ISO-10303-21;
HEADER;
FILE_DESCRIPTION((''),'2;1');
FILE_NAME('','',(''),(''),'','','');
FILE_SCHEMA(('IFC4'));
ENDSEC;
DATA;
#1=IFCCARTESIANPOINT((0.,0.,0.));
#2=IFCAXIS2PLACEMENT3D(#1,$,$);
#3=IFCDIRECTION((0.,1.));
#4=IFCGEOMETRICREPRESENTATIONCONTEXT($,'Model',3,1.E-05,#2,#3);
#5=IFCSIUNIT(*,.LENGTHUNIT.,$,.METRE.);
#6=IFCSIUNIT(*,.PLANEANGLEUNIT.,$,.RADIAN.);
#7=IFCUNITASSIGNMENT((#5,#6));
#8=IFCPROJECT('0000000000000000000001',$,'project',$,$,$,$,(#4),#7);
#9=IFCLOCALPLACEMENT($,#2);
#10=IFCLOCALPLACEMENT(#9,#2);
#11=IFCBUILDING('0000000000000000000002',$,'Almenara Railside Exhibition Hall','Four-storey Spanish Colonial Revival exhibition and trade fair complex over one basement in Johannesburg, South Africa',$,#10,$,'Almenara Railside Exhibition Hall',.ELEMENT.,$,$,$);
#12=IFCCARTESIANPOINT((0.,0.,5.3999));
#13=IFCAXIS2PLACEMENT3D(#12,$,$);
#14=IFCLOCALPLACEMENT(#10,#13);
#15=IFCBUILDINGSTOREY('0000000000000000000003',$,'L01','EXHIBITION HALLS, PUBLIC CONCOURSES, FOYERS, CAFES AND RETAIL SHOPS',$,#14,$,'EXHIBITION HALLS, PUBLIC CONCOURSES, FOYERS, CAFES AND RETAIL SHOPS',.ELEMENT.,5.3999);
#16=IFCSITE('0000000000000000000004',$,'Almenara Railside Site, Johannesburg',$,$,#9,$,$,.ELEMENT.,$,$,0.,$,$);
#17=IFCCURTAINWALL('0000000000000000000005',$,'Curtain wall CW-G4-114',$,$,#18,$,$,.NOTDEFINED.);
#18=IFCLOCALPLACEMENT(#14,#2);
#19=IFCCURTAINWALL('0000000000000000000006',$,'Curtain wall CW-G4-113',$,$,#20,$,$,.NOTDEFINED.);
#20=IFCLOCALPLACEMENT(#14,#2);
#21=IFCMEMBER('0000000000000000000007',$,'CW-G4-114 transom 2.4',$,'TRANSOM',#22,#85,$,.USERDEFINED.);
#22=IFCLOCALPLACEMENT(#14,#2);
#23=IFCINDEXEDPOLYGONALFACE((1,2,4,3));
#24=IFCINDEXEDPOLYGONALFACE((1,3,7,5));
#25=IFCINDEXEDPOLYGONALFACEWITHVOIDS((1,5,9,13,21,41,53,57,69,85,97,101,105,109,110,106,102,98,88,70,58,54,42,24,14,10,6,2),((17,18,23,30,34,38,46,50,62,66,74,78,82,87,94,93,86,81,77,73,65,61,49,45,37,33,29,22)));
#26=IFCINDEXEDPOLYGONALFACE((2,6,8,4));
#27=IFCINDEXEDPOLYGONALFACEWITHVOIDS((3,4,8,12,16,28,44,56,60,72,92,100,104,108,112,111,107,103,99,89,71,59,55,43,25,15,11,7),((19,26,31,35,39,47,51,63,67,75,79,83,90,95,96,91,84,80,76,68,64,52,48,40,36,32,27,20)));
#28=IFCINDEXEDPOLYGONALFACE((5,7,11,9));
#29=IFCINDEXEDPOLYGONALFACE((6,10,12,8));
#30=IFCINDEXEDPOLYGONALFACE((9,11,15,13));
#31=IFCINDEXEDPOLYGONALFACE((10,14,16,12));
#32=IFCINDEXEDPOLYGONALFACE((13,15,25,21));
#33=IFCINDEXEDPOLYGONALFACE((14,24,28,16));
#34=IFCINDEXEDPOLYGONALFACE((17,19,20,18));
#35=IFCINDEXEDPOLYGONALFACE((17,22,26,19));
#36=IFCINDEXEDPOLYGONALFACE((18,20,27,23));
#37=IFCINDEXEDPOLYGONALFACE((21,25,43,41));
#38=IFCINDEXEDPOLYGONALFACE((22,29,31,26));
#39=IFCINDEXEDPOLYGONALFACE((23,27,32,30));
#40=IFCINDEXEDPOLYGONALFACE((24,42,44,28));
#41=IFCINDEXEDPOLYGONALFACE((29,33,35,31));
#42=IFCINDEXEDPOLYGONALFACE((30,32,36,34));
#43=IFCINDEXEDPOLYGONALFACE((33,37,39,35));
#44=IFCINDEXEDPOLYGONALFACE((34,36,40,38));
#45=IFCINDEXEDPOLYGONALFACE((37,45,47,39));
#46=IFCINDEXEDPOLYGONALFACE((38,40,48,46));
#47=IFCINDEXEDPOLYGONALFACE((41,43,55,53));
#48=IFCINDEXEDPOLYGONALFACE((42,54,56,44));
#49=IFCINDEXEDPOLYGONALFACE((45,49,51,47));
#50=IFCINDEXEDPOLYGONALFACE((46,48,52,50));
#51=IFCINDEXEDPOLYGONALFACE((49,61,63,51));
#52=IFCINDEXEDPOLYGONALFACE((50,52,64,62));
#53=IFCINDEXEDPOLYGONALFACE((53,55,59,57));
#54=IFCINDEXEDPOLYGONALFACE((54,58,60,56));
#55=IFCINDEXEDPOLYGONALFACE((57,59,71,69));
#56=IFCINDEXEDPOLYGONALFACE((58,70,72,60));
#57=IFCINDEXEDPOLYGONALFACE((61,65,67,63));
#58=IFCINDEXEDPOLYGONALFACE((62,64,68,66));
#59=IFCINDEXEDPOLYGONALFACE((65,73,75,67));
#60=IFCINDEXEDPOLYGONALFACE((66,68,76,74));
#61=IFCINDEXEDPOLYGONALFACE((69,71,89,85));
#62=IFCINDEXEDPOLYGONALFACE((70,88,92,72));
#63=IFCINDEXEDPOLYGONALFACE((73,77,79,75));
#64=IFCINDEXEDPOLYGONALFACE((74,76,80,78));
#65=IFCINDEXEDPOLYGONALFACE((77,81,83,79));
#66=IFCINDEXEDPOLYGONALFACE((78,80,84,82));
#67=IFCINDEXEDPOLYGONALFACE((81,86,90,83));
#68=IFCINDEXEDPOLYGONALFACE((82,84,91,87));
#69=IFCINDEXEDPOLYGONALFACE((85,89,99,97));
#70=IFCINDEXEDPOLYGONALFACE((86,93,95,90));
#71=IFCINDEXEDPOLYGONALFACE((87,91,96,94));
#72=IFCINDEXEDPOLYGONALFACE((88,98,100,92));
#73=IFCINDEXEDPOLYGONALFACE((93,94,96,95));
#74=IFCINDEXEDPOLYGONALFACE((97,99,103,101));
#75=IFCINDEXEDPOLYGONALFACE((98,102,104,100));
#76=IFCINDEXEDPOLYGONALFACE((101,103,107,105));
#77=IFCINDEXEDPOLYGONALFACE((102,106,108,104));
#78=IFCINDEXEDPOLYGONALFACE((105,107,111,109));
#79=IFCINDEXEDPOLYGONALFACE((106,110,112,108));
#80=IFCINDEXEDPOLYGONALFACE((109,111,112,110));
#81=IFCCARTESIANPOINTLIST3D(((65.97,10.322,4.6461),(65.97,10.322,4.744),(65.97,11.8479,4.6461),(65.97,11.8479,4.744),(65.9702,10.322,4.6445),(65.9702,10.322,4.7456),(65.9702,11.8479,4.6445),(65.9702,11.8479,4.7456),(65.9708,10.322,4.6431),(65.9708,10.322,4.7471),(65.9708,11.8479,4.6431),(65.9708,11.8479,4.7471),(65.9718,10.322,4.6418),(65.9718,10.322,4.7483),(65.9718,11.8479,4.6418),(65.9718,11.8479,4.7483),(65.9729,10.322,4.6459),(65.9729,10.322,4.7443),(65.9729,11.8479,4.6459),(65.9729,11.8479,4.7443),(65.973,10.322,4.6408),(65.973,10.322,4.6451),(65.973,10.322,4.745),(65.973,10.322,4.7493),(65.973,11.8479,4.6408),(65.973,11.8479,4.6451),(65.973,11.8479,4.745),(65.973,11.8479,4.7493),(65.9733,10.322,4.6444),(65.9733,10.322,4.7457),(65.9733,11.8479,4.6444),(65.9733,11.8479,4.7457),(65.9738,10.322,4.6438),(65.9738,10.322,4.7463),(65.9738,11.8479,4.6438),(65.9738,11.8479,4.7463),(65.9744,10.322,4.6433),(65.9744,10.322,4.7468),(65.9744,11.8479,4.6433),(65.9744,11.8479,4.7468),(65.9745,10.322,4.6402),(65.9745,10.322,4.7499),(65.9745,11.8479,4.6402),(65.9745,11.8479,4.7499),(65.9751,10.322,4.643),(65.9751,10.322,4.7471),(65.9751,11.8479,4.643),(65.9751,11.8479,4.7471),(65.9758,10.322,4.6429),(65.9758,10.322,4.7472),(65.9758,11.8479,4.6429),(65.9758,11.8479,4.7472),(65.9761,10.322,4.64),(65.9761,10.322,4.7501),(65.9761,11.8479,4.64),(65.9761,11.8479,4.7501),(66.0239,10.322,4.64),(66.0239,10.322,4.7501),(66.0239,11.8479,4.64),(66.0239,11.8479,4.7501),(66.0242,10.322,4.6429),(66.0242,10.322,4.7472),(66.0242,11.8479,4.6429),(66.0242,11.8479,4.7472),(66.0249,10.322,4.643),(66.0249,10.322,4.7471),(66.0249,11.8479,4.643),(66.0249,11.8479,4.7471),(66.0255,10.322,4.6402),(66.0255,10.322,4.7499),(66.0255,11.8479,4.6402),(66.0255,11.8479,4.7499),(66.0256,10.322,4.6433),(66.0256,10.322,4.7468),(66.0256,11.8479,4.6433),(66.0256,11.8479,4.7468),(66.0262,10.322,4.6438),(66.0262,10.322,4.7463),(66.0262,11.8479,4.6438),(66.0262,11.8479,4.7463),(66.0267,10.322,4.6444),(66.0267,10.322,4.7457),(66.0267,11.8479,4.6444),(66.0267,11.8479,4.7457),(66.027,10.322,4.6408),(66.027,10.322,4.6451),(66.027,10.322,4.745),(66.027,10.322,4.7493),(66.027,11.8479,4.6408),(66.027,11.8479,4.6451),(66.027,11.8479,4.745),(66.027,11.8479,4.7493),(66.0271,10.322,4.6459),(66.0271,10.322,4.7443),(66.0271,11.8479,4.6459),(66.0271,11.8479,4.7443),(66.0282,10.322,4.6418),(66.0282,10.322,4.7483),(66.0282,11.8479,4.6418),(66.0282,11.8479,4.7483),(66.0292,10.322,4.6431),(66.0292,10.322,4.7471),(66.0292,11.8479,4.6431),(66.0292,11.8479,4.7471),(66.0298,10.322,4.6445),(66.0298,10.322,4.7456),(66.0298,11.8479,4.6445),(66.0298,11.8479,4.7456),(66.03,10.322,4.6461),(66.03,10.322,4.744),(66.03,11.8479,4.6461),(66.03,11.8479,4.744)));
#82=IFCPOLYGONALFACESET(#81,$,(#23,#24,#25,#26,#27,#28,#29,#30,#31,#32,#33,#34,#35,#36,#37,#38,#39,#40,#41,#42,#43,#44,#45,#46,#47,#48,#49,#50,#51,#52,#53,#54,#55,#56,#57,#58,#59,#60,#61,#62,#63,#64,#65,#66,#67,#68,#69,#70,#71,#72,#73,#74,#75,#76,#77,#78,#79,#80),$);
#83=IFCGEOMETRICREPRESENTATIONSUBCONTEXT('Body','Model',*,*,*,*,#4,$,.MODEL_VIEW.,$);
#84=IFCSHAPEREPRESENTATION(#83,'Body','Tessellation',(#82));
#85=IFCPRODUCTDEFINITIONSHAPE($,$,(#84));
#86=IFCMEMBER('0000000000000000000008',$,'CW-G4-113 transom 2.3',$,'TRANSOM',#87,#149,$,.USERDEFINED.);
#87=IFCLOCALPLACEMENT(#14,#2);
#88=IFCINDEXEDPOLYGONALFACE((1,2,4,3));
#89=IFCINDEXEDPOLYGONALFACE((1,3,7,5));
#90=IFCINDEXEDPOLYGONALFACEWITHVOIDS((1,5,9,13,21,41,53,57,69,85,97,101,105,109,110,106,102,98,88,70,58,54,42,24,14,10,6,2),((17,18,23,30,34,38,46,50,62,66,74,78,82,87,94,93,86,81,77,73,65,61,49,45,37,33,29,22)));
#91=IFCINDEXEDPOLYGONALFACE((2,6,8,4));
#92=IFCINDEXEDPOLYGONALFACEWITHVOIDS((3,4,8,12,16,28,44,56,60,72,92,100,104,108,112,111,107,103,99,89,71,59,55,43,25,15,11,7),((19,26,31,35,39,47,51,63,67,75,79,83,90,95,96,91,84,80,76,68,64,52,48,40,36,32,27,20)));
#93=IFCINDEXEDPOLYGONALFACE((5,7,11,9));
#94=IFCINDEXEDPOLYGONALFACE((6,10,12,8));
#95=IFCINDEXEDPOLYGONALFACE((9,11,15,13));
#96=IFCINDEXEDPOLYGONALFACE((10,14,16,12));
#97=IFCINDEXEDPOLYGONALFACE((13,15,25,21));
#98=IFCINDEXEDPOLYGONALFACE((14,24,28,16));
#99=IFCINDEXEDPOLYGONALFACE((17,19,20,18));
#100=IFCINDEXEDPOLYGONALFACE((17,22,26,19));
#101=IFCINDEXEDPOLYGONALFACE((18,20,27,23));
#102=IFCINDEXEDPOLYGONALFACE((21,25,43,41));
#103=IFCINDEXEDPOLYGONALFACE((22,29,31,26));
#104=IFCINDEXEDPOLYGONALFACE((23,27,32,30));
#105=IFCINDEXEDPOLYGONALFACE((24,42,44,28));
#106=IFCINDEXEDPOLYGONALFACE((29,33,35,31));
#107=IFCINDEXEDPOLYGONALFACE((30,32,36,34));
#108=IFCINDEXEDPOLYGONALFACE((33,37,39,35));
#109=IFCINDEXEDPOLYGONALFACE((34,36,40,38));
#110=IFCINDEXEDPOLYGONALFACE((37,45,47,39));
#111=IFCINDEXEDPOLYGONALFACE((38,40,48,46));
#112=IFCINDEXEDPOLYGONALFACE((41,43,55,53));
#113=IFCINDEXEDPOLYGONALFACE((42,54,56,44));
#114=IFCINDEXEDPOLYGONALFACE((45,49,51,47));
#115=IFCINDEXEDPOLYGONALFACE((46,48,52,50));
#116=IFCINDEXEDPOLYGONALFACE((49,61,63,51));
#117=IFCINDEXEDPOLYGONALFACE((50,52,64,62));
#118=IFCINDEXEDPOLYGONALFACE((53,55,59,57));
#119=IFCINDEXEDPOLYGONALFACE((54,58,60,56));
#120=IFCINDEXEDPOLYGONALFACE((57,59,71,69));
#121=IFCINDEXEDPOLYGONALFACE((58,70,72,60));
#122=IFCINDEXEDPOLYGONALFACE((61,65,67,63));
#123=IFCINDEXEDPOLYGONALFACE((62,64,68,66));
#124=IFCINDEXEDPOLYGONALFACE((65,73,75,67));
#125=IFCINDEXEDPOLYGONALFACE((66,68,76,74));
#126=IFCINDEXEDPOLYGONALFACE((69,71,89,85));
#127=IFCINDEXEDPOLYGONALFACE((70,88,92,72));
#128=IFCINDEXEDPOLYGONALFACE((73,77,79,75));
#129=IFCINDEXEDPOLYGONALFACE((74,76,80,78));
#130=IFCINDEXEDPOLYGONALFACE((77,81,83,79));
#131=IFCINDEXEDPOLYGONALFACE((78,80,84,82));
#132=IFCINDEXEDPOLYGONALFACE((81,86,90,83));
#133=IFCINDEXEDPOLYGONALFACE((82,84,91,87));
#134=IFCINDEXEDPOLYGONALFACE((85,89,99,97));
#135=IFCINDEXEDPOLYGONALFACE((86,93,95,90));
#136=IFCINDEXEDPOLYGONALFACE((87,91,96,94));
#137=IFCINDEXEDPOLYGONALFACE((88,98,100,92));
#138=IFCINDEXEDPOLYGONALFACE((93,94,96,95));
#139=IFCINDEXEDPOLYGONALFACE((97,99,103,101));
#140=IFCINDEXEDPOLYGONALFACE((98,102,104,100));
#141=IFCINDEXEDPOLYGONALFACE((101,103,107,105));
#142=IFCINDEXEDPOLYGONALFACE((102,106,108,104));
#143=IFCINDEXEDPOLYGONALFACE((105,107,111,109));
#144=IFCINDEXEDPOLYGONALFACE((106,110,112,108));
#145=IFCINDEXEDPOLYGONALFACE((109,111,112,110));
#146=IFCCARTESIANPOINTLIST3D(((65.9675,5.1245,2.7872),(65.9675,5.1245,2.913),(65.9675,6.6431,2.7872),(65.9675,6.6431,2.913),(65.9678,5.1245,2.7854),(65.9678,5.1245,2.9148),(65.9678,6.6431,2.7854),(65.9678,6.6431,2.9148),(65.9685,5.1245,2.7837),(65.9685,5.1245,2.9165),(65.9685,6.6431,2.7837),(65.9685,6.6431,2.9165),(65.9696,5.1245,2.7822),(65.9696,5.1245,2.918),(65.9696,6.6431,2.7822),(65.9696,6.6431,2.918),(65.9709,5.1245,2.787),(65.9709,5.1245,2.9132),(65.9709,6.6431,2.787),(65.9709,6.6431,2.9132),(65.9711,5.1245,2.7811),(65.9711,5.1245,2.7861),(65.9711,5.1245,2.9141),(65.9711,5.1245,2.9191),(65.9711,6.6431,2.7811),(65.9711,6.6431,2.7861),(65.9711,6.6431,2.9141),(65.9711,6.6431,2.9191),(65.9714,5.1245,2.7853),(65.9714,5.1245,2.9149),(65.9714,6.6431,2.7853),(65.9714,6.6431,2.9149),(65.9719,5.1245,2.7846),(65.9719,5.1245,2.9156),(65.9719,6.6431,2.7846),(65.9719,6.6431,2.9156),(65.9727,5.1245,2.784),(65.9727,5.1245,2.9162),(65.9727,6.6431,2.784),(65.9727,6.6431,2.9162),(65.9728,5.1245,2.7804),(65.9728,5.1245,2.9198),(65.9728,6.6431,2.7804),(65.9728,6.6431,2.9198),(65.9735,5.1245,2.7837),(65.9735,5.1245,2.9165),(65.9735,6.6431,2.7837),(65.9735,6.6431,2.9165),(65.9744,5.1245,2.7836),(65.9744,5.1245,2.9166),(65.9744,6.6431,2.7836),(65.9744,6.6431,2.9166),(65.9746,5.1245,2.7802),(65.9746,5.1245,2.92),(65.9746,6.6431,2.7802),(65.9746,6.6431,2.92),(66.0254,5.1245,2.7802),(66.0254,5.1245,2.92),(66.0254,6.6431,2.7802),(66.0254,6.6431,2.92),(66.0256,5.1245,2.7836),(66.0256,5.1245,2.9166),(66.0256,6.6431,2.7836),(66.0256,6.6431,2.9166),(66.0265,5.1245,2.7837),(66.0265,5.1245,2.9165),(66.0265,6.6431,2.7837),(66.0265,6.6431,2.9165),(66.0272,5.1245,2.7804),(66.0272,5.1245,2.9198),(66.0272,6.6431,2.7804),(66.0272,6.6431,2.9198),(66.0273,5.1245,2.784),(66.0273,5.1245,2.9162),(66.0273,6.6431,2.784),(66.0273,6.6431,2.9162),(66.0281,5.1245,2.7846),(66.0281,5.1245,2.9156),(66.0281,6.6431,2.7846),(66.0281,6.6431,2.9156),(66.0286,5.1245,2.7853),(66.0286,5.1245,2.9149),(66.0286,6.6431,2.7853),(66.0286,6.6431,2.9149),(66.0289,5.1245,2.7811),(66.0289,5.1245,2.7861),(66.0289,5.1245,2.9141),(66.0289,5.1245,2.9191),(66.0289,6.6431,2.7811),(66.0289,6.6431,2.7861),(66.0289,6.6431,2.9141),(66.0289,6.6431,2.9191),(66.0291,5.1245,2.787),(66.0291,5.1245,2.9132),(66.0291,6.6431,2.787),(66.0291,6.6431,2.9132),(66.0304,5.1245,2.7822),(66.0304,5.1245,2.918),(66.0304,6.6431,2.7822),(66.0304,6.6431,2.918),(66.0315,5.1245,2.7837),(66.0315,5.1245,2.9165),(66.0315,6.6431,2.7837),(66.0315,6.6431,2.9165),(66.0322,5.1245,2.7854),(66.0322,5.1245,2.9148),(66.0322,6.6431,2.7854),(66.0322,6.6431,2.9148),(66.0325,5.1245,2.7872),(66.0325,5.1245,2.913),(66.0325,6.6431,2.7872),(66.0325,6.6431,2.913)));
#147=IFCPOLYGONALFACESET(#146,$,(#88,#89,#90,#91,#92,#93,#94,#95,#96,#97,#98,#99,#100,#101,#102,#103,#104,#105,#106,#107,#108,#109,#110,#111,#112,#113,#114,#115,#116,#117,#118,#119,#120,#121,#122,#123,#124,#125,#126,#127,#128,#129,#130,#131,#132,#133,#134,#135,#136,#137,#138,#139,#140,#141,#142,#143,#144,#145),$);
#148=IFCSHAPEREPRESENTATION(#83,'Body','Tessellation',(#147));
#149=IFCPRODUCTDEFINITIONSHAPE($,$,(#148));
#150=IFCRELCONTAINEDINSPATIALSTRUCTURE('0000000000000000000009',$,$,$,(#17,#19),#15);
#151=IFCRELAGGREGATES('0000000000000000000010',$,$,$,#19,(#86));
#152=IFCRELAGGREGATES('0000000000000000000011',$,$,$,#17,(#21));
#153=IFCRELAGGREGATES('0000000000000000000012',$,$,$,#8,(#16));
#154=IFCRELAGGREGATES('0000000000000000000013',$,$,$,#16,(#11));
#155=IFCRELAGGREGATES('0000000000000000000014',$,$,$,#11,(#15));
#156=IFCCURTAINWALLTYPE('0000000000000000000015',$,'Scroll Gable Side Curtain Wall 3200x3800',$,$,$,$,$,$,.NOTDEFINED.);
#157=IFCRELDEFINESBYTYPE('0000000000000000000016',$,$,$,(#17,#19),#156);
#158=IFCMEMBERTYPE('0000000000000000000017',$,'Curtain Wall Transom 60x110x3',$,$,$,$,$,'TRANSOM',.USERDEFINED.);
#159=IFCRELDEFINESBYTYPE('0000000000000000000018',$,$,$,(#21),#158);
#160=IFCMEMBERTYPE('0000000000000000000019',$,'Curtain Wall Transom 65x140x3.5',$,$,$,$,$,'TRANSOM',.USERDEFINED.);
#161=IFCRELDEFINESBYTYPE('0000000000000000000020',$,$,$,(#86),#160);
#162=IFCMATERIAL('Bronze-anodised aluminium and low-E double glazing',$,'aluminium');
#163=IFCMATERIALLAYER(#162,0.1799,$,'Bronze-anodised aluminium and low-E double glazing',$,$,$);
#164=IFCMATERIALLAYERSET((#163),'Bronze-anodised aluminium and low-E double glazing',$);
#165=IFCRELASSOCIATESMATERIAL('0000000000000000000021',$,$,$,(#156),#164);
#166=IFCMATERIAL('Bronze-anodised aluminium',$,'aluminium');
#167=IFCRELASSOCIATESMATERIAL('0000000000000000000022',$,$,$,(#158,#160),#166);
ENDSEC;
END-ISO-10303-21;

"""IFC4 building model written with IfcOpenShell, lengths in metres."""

from ifc_helpers import new_model, si_unit, direction, frame, origin, origin_2d, place, context, subcontext, project, spatial, hollow_rectangle, extrude, material, layer, layer_set, material_profile, profile_set, type_object, element, aggregate, save


model = new_model("IFC4")

# Units and contexts
model_context = context("Model", 3, precision=1e-05, world=origin(), true_north=direction((0.0, 1.0)))
body_context = subcontext(model_context, "Body", "Model", "MODEL_VIEW")
ifc_project = project(units=[si_unit("LENGTHUNIT", "METRE"), si_unit("PLANEANGLEUNIT", "RADIAN")], contexts=[model_context])

# Site, building, storey
site_placement = place(None, origin())
site = spatial("IfcSite", under=ifc_project, at=site_placement, Name="Almenara Railside Site, Johannesburg", CompositionType="ELEMENT", RefElevation=0.0)
building_placement = place(site_placement, origin())
building = spatial("IfcBuilding", under=site, at=building_placement, Name="Almenara Railside Exhibition Hall", Description="Four-storey Spanish Colonial Revival exhibition and trade fair complex over one basement in Johannesburg, South Africa", LongName="Almenara Railside Exhibition Hall", CompositionType="ELEMENT")
storey_placement = place(building_placement, frame((0.0, 0.0, 5.3999)))
storey = spatial("IfcBuildingStorey", under=building, at=storey_placement, Name="L01", Description="EXHIBITION HALLS, PUBLIC CONCOURSES, FOYERS, CAFES AND RETAIL SHOPS", LongName="EXHIBITION HALLS, PUBLIC CONCOURSES, FOYERS, CAFES AND RETAIL SHOPS", CompositionType="ELEMENT", Elevation=5.3999)

# Curtain wall
ifc_material_1 = material(Name="Bronze-anodised aluminium and low-E double glazing", Category="aluminium")
ifc_layer_1 = layer(ifc_material_1, 0.1799, Name="Bronze-anodised aluminium and low-E double glazing")
ifc_layer_set_1 = layer_set([ifc_layer_1], Name="Bronze-anodised aluminium and low-E double glazing")
curtain_wall_type = type_object("IfcCurtainWallType", Name="Scroll Gable Side Curtain Wall 3200x3800", PredefinedType="NOTDEFINED", material=ifc_layer_set_1)
curtain_wall_1_placement = place(storey_placement, origin())
curtain_wall_1 = element("IfcCurtainWall", 1, at=curtain_wall_1_placement, inside=storey, type_object=curtain_wall_type, Name="Curtain wall CW-G4-114", PredefinedType="NOTDEFINED")
ifc_material_2 = material(Name="Bronze-anodised aluminium", Category="aluminium")

# Curtain wall
curtain_wall_2_placement = place(storey_placement, origin())
curtain_wall_2 = element("IfcCurtainWall", 2, at=curtain_wall_2_placement, inside=storey, type_object=curtain_wall_type, Name="Curtain wall CW-G4-113", PredefinedType="NOTDEFINED")

# Members
ifc_material_profile_1 = material_profile(ifc_material_2, hollow_rectangle(XDim=0.0601, YDim=0.1101, WallThickness=0.0029, InnerFilletRadius=0.0029, OuterFilletRadius=0.0061, at=origin_2d()), Name="ALU-TRN 60x110x3")
ifc_profile_set_1 = profile_set([ifc_material_profile_1], Name="Bronze-anodised aluminium")
member_type_1 = type_object("IfcMemberType", Name="Curtain Wall Transom 60x110x3", ElementType="TRANSOM", PredefinedType="USERDEFINED", material=ifc_profile_set_1)
member_1_placement = place(storey_placement, frame((66.0, 10.322, 4.6951), z_axis=(0.0, 1.0, 0.0), x_axis=(-1.0, 0.0, 0.0)))
member_1 = element("IfcMember", 3, at=member_1_placement, type_object=member_type_1, Name="CW-G4-114 transom 2.4", ObjectType="TRANSOM", PredefinedType="USERDEFINED", context=body_context, shape_type="SweptSolid", body=[
    extrude(hollow_rectangle(XDim=0.0601, YDim=0.1101, WallThickness=0.0029, InnerFilletRadius=0.0029, OuterFilletRadius=0.0061, at=origin_2d()), origin(), (0.0, 0.0, 1.0), 1.5259),
])
ifc_material_profile_2 = material_profile(ifc_material_2, hollow_rectangle(XDim=0.0649, YDim=0.1399, WallThickness=0.0034, InnerFilletRadius=0.0034, OuterFilletRadius=0.0071, at=origin_2d()), Name="ALU-TRN 65x140x3.5")
ifc_profile_set_2 = profile_set([ifc_material_profile_2], Name="Bronze-anodised aluminium")
member_type_2 = type_object("IfcMemberType", Name="Curtain Wall Transom 65x140x3.5", ElementType="TRANSOM", PredefinedType="USERDEFINED", material=ifc_profile_set_2)
member_2_placement = place(storey_placement, frame((66.0, 5.1245, 2.8501), z_axis=(0.0, 1.0, 0.0), x_axis=(-1.0, 0.0, 0.0)))
member_2 = element("IfcMember", 4, at=member_2_placement, type_object=member_type_2, Name="CW-G4-113 transom 2.3", ObjectType="TRANSOM", PredefinedType="USERDEFINED", context=body_context, shape_type="SweptSolid", body=[
    extrude(hollow_rectangle(XDim=0.0649, YDim=0.1399, WallThickness=0.0034, InnerFilletRadius=0.0034, OuterFilletRadius=0.0071, at=origin_2d()), origin(), (0.0, 0.0, 1.0), 1.5186),
])

aggregate(curtain_wall_2, [member_2])
aggregate(curtain_wall_1, [member_1])

save(model, "model.ifc")
